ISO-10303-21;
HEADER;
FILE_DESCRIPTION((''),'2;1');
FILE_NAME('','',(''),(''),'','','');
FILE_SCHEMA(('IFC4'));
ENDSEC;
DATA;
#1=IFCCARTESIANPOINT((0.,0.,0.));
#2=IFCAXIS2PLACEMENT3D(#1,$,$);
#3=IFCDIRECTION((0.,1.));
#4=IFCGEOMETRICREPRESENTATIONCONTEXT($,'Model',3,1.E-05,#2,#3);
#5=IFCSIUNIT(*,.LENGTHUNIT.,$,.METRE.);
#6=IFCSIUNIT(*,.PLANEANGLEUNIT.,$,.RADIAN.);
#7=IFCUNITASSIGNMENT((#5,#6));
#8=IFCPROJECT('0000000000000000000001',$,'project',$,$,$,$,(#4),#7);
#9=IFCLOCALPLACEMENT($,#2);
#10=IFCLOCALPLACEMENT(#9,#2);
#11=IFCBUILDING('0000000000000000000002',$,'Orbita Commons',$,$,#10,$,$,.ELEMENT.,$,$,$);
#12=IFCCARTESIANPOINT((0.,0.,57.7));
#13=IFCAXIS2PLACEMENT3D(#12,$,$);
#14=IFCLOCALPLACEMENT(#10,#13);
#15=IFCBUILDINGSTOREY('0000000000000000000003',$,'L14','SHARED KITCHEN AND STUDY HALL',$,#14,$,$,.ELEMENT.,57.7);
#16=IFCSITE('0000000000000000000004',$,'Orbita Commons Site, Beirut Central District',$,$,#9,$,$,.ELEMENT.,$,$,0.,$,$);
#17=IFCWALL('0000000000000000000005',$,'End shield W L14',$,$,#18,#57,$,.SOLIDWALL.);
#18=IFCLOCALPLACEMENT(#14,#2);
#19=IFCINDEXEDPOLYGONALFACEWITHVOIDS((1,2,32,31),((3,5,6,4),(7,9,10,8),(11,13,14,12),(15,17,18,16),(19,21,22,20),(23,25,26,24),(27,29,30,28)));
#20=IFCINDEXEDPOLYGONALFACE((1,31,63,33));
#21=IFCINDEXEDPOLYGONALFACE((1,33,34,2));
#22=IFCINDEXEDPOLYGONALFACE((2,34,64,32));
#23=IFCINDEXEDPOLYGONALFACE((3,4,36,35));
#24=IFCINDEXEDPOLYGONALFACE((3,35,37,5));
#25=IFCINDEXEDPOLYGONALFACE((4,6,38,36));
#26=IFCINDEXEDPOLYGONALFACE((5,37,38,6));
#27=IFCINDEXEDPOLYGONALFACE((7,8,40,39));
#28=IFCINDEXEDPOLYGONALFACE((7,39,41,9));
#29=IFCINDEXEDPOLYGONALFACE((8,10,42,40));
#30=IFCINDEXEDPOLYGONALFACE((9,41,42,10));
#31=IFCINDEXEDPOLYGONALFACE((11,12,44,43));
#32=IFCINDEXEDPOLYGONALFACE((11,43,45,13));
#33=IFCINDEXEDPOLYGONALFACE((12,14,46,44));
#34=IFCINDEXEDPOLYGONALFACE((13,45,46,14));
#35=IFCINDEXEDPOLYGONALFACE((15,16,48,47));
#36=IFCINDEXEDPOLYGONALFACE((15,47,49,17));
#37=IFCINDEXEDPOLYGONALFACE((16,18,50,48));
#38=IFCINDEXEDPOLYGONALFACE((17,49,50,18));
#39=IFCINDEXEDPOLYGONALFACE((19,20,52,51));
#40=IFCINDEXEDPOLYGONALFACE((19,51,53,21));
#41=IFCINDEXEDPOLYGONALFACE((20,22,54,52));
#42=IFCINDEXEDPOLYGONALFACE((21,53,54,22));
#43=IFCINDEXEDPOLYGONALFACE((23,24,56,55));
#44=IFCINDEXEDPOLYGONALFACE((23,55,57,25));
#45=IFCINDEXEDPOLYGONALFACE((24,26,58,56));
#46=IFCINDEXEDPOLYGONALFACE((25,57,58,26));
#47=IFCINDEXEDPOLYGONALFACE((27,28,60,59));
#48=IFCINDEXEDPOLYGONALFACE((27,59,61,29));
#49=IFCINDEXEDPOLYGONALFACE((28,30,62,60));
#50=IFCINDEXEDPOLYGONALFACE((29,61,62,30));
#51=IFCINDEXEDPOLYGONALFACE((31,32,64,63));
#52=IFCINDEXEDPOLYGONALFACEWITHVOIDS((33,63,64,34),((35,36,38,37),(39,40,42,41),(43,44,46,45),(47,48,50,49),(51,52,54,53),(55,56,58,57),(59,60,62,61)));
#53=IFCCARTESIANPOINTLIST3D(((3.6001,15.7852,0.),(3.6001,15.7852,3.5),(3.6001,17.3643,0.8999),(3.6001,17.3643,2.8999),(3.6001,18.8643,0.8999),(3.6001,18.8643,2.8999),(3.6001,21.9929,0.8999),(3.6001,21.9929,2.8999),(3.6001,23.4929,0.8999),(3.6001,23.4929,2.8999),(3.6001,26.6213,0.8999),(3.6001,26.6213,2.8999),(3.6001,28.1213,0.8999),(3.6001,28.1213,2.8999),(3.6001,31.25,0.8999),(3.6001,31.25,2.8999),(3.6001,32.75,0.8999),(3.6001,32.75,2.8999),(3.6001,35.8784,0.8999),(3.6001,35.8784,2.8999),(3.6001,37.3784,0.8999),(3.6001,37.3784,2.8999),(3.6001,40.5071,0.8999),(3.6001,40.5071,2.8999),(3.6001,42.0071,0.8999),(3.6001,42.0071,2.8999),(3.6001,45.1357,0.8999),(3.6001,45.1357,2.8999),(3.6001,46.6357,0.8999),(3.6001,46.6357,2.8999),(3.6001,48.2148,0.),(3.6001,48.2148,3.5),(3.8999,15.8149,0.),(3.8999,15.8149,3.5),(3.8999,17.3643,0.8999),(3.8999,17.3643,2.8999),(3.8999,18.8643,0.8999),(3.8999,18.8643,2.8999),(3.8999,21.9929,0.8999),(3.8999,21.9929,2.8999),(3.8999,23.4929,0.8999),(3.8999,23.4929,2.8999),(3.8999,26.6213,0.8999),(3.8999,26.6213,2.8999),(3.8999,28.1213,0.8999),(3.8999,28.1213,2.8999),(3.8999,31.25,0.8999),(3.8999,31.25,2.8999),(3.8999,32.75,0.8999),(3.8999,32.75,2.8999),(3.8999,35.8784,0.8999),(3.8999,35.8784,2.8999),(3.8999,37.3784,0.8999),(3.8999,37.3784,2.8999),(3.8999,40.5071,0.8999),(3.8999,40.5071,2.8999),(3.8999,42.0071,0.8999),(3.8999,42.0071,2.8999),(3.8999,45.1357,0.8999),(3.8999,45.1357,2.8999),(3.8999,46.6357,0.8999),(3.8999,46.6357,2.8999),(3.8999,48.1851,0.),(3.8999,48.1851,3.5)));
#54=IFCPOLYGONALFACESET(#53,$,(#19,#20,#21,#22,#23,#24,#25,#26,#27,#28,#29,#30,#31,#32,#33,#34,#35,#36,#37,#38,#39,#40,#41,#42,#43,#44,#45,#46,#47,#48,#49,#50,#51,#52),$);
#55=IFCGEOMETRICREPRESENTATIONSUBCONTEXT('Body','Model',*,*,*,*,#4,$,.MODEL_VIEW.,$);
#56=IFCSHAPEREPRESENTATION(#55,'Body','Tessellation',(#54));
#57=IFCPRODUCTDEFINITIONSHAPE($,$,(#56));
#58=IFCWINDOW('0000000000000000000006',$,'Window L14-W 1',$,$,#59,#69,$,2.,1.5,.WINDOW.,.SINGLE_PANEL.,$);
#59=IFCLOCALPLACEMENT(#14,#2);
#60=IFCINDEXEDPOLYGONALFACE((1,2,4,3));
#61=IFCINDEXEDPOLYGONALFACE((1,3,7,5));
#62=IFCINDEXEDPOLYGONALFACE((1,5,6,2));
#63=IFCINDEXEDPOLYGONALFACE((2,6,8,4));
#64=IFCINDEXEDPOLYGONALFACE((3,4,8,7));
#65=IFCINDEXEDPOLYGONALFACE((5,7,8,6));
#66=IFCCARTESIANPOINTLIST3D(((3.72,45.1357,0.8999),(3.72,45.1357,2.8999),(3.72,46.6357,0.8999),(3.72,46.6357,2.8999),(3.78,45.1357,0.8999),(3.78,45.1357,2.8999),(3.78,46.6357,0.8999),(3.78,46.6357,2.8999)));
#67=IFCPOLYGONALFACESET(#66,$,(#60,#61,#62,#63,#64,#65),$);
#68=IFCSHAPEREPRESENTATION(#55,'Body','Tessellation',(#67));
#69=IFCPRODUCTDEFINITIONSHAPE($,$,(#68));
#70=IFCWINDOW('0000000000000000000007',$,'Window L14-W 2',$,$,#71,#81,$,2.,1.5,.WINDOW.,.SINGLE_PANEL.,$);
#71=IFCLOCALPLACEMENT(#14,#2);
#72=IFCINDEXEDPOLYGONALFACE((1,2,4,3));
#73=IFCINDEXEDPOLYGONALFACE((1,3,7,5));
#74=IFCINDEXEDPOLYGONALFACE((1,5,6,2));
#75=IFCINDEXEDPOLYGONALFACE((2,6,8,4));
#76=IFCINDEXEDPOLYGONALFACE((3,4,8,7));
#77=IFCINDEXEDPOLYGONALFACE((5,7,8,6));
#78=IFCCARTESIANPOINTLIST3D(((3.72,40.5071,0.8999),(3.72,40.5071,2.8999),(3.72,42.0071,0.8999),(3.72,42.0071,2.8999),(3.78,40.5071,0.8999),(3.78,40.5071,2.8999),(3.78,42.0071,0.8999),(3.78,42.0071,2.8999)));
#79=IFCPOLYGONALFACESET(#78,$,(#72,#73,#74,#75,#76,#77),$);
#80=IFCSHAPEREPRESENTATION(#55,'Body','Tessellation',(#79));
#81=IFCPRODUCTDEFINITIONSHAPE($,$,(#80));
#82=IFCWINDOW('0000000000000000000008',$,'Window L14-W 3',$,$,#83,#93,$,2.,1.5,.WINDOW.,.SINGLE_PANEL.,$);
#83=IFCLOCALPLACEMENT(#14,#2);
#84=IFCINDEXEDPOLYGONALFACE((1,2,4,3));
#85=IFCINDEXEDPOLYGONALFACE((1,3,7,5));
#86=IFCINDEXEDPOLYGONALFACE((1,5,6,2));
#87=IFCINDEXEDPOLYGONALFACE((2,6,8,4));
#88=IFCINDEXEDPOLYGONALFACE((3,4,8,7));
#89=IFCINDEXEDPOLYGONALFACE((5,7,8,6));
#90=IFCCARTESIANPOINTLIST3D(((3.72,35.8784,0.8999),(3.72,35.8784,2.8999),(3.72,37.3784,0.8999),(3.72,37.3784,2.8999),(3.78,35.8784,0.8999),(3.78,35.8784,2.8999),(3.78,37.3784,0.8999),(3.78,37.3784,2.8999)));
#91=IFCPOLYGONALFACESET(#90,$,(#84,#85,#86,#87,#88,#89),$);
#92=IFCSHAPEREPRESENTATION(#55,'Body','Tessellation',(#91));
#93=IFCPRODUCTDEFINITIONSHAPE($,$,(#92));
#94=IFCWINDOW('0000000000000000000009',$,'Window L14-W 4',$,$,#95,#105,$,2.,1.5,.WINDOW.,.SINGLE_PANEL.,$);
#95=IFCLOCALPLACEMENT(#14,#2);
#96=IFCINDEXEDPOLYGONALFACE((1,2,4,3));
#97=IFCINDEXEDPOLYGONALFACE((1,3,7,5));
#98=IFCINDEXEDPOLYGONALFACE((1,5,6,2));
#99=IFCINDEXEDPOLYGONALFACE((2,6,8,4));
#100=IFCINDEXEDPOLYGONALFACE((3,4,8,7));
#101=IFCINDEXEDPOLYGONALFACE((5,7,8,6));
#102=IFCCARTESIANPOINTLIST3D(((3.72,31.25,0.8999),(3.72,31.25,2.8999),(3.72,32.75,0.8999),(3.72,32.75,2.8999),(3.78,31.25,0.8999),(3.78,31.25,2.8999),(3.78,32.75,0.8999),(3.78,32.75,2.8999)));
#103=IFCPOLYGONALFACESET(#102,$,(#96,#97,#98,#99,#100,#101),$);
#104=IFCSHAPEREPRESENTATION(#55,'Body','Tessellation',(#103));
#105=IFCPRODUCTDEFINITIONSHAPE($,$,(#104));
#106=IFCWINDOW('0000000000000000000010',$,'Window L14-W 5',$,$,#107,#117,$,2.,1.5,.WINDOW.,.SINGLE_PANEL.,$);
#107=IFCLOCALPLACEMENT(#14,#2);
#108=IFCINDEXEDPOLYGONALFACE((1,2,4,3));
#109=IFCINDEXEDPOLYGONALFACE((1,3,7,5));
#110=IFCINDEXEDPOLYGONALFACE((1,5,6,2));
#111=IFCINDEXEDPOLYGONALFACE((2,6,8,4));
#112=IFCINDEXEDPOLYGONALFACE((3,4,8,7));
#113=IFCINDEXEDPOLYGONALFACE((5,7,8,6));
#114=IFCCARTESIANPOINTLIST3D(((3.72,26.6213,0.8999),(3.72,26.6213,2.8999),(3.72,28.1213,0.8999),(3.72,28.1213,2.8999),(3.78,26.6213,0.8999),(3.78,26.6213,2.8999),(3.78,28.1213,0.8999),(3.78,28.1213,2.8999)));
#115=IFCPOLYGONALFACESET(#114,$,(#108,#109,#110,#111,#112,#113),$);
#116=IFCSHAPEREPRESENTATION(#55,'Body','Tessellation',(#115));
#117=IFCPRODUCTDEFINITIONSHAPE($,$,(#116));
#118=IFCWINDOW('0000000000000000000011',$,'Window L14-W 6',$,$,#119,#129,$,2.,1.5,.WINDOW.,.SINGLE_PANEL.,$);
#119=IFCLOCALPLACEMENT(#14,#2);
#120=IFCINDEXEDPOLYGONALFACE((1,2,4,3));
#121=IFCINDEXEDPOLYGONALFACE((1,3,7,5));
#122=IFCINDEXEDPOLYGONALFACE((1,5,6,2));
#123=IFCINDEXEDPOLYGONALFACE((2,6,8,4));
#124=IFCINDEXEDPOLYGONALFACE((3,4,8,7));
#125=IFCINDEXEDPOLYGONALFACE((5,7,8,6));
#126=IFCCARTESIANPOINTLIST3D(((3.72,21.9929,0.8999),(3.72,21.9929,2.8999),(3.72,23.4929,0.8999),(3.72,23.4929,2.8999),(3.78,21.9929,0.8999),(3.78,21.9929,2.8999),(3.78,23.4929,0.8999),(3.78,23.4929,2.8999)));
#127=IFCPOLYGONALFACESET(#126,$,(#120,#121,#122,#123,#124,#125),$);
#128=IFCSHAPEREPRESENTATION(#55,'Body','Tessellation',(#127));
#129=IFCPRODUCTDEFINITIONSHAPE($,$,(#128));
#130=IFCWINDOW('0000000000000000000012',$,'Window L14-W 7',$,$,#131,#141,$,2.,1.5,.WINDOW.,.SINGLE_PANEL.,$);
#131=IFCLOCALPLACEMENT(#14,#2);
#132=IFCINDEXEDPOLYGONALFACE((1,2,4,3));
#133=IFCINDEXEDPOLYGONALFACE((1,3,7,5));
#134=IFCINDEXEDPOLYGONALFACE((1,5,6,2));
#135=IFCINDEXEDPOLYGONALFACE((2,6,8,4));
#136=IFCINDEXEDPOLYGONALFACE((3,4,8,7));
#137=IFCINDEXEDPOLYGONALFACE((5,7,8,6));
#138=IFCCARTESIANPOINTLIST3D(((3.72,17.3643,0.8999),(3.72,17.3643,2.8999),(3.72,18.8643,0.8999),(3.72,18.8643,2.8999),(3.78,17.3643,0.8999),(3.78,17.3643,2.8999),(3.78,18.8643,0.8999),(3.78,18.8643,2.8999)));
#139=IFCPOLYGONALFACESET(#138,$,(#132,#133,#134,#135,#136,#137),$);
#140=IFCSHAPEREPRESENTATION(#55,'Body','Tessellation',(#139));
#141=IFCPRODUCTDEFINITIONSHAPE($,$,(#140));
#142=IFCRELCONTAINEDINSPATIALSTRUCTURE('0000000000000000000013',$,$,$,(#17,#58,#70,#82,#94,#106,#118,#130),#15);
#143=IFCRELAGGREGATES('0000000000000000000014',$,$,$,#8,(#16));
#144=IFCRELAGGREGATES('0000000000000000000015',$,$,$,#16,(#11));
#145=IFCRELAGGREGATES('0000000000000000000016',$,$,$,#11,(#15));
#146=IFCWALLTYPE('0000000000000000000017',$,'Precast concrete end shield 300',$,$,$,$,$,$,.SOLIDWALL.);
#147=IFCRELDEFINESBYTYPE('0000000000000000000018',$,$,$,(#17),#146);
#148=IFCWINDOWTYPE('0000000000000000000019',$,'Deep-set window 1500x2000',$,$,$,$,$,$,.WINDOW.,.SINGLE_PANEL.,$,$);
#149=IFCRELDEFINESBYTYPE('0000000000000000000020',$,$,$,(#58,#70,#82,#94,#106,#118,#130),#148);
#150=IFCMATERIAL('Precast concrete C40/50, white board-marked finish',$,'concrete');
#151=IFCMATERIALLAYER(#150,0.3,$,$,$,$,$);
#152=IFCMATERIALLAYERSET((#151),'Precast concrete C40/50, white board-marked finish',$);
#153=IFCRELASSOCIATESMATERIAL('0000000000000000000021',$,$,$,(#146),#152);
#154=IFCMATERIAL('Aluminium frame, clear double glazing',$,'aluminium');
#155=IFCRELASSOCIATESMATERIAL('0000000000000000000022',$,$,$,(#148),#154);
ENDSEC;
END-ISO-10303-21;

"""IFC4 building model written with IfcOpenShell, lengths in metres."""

from ifc_helpers import new_model, si_unit, direction, frame, frame_2d, origin, place, context, subcontext, project, spatial, polyline, rectangle, outline, extrude, material, layer, layer_set, type_object, element, fill, save


model = new_model("IFC4")

# Units and contexts
model_context = context("Model", 3, precision=1e-05, world=origin(), true_north=direction((0.0, 1.0)))
body_context = subcontext(model_context, "Body", "Model", "MODEL_VIEW")
ifc_project = project(units=[si_unit("LENGTHUNIT", "METRE"), si_unit("PLANEANGLEUNIT", "RADIAN")], contexts=[model_context])

# Site, building, storey
site_placement = place(None, origin())
site = spatial("IfcSite", under=ifc_project, at=site_placement, Name="Orbita Commons Site, Beirut Central District", CompositionType="ELEMENT", RefElevation=0.0)
building_placement = place(site_placement, origin())
building = spatial("IfcBuilding", under=site, at=building_placement, Name="Orbita Commons", CompositionType="ELEMENT")
storey_placement = place(building_placement, frame((0.0, 0.0, 57.7)))
storey = spatial("IfcBuildingStorey", under=building, at=storey_placement, Name="L14", Description="SHARED KITCHEN AND STUDY HALL", CompositionType="ELEMENT", Elevation=57.7)

# Wall, openings, windows
ifc_material_1 = material(Name="Precast concrete C40/50, white board-marked finish", Category="concrete")
ifc_layer_1 = layer(ifc_material_1, 0.3)
ifc_layer_set_1 = layer_set([ifc_layer_1], Name="Precast concrete C40/50, white board-marked finish")
wall_type_1 = type_object("IfcWallType", Name="Precast concrete end shield 300", PredefinedType="SOLIDWALL", material=ifc_layer_set_1)
wall_1_placement = place(storey_placement, frame((3.75, 48.2, 0.0), z_axis=(0.0, 0.0, 1.0), x_axis=(0.0, -1.0, 0.0)))
wall_1 = element("IfcWall", 1, at=wall_1_placement, inside=storey, type_object=wall_type_1, Name="End shield W L14", PredefinedType="SOLIDWALL", context=body_context, shape_type="SweptSolid", body=[
    extrude(outline(polyline([(-0.0149, -0.1499), (32.4148, -0.1499), (32.385, 0.1499), (0.0149, 0.1499), (-0.0149, -0.1499)])), origin(), (0.0, 0.0, 1.0), 3.5),
])
opening_1_placement = place(wall_1_placement, frame((1.5642, 0.0, 0.8999)))
opening_1 = element("IfcOpeningElement", 2, at=opening_1_placement, cuts=wall_1, PredefinedType="OPENING", context=body_context, shape_type="SweptSolid", body=[
    extrude(rectangle(XDim=1.5, YDim=2.0, at=frame_2d((0.75, 1.0))), frame((0.0, 0.1599, 0.0), z_axis=(0.0, -1.0, 0.0), x_axis=(1.0, 0.0, 0.0)), (0.0, 0.0, 1.0), 0.3201),
])
opening_2_placement = place(wall_1_placement, frame((6.1929, 0.0, 0.8999)))
opening_2 = element("IfcOpeningElement", 3, at=opening_2_placement, cuts=wall_1, PredefinedType="OPENING", context=body_context, shape_type="SweptSolid", body=[
    extrude(rectangle(XDim=1.5, YDim=2.0, at=frame_2d((0.75, 1.0))), frame((0.0, 0.1599, 0.0), z_axis=(0.0, -1.0, 0.0), x_axis=(1.0, 0.0, 0.0)), (0.0, 0.0, 1.0), 0.3201),
])
opening_3_placement = place(wall_1_placement, frame((10.8215, 0.0, 0.8999)))
opening_3 = element("IfcOpeningElement", 4, at=opening_3_placement, cuts=wall_1, PredefinedType="OPENING", context=body_context, shape_type="SweptSolid", body=[
    extrude(rectangle(XDim=1.5, YDim=2.0, at=frame_2d((0.75, 1.0))), frame((0.0, 0.1599, 0.0), z_axis=(0.0, -1.0, 0.0), x_axis=(1.0, 0.0, 0.0)), (0.0, 0.0, 1.0), 0.3201),
])
opening_4_placement = place(wall_1_placement, frame((15.45, 0.0, 0.8999)))
opening_4 = element("IfcOpeningElement", 5, at=opening_4_placement, cuts=wall_1, PredefinedType="OPENING", context=body_context, shape_type="SweptSolid", body=[
    extrude(rectangle(XDim=1.5, YDim=2.0, at=frame_2d((0.75, 1.0))), frame((0.0, 0.1599, 0.0), z_axis=(0.0, -1.0, 0.0), x_axis=(1.0, 0.0, 0.0)), (0.0, 0.0, 1.0), 0.3201),
])
opening_5_placement = place(wall_1_placement, frame((20.0786, 0.0, 0.8999)))
opening_5 = element("IfcOpeningElement", 6, at=opening_5_placement, cuts=wall_1, PredefinedType="OPENING", context=body_context, shape_type="SweptSolid", body=[
    extrude(rectangle(XDim=1.5, YDim=2.0, at=frame_2d((0.75, 1.0))), frame((0.0, 0.1599, 0.0), z_axis=(0.0, -1.0, 0.0), x_axis=(1.0, 0.0, 0.0)), (0.0, 0.0, 1.0), 0.3201),
])
opening_6_placement = place(wall_1_placement, frame((24.707, 0.0, 0.8999)))
opening_6 = element("IfcOpeningElement", 7, at=opening_6_placement, cuts=wall_1, PredefinedType="OPENING", context=body_context, shape_type="SweptSolid", body=[
    extrude(rectangle(XDim=1.5, YDim=2.0, at=frame_2d((0.75, 1.0))), frame((0.0, 0.1599, 0.0), z_axis=(0.0, -1.0, 0.0), x_axis=(1.0, 0.0, 0.0)), (0.0, 0.0, 1.0), 0.3201),
])
opening_7_placement = place(wall_1_placement, frame((29.3357, 0.0, 0.8999)))
opening_7 = element("IfcOpeningElement", 8, at=opening_7_placement, cuts=wall_1, PredefinedType="OPENING", context=body_context, shape_type="SweptSolid", body=[
    extrude(rectangle(XDim=1.5, YDim=2.0, at=frame_2d((0.75, 1.0))), frame((0.0, 0.1599, 0.0), z_axis=(0.0, -1.0, 0.0), x_axis=(1.0, 0.0, 0.0)), (0.0, 0.0, 1.0), 0.3201),
])
ifc_material_2 = material(Name="Aluminium frame, clear double glazing", Category="aluminium")
window_type = type_object("IfcWindowType", Name="Deep-set window 1500x2000", PartitioningType="SINGLE_PANEL", PredefinedType="WINDOW", material=ifc_material_2)
window_1_placement = place(opening_1_placement, origin())
window_1 = element("IfcWindow", 9, at=window_1_placement, inside=storey, type_object=window_type, Name="Window L14-W 1", OverallHeight=2.0, OverallWidth=1.5, PartitioningType="SINGLE_PANEL", PredefinedType="WINDOW", context=body_context, shape_type="SweptSolid", body=[
    extrude(rectangle(XDim=1.5, YDim=2.0, at=frame_2d((0.75, 1.0))), frame((0.0, 0.03, 0.0), z_axis=(0.0, -1.0, 0.0), x_axis=(1.0, 0.0, 0.0)), (0.0, 0.0, 1.0), 0.0601),
])
fill(opening_1, window_1)
window_2_placement = place(opening_2_placement, origin())
window_2 = element("IfcWindow", 10, at=window_2_placement, inside=storey, type_object=window_type, Name="Window L14-W 2", OverallHeight=2.0, OverallWidth=1.5, PartitioningType="SINGLE_PANEL", PredefinedType="WINDOW", context=body_context, shape_type="SweptSolid", body=[
    extrude(rectangle(XDim=1.5, YDim=2.0, at=frame_2d((0.75, 1.0))), frame((0.0, 0.03, 0.0), z_axis=(0.0, -1.0, 0.0), x_axis=(1.0, 0.0, 0.0)), (0.0, 0.0, 1.0), 0.0601),
])
fill(opening_2, window_2)
window_3_placement = place(opening_3_placement, origin())
window_3 = element("IfcWindow", 11, at=window_3_placement, inside=storey, type_object=window_type, Name="Window L14-W 3", OverallHeight=2.0, OverallWidth=1.5, PartitioningType="SINGLE_PANEL", PredefinedType="WINDOW", context=body_context, shape_type="SweptSolid", body=[
    extrude(rectangle(XDim=1.5, YDim=2.0, at=frame_2d((0.75, 1.0))), frame((0.0, 0.03, 0.0), z_axis=(0.0, -1.0, 0.0), x_axis=(1.0, 0.0, 0.0)), (0.0, 0.0, 1.0), 0.0601),
])
fill(opening_3, window_3)
window_4_placement = place(opening_4_placement, origin())
window_4 = element("IfcWindow", 12, at=window_4_placement, inside=storey, type_object=window_type, Name="Window L14-W 4", OverallHeight=2.0, OverallWidth=1.5, PartitioningType="SINGLE_PANEL", PredefinedType="WINDOW", context=body_context, shape_type="SweptSolid", body=[
    extrude(rectangle(XDim=1.5, YDim=2.0, at=frame_2d((0.75, 1.0))), frame((0.0, 0.03, 0.0), z_axis=(0.0, -1.0, 0.0), x_axis=(1.0, 0.0, 0.0)), (0.0, 0.0, 1.0), 0.0601),
])
fill(opening_4, window_4)
window_5_placement = place(opening_5_placement, origin())
window_5 = element("IfcWindow", 13, at=window_5_placement, inside=storey, type_object=window_type, Name="Window L14-W 5", OverallHeight=2.0, OverallWidth=1.5, PartitioningType="SINGLE_PANEL", PredefinedType="WINDOW", context=body_context, shape_type="SweptSolid", body=[
    extrude(rectangle(XDim=1.5, YDim=2.0, at=frame_2d((0.75, 1.0))), frame((0.0, 0.03, 0.0), z_axis=(0.0, -1.0, 0.0), x_axis=(1.0, 0.0, 0.0)), (0.0, 0.0, 1.0), 0.0601),
])
fill(opening_5, window_5)
window_6_placement = place(opening_6_placement, origin())
window_6 = element("IfcWindow", 14, at=window_6_placement, inside=storey, type_object=window_type, Name="Window L14-W 6", OverallHeight=2.0, OverallWidth=1.5, PartitioningType="SINGLE_PANEL", PredefinedType="WINDOW", context=body_context, shape_type="SweptSolid", body=[
    extrude(rectangle(XDim=1.5, YDim=2.0, at=frame_2d((0.75, 1.0))), frame((0.0, 0.03, 0.0), z_axis=(0.0, -1.0, 0.0), x_axis=(1.0, 0.0, 0.0)), (0.0, 0.0, 1.0), 0.0601),
])
fill(opening_6, window_6)
window_7_placement = place(opening_7_placement, origin())
window_7 = element("IfcWindow", 15, at=window_7_placement, inside=storey, type_object=window_type, Name="Window L14-W 7", OverallHeight=2.0, OverallWidth=1.5, PartitioningType="SINGLE_PANEL", PredefinedType="WINDOW", context=body_context, shape_type="SweptSolid", body=[
    extrude(rectangle(XDim=1.5, YDim=2.0, at=frame_2d((0.75, 1.0))), frame((0.0, 0.03, 0.0), z_axis=(0.0, -1.0, 0.0), x_axis=(1.0, 0.0, 0.0)), (0.0, 0.0, 1.0), 0.0601),
])
fill(opening_7, window_7)

save(model, "model.ifc")
